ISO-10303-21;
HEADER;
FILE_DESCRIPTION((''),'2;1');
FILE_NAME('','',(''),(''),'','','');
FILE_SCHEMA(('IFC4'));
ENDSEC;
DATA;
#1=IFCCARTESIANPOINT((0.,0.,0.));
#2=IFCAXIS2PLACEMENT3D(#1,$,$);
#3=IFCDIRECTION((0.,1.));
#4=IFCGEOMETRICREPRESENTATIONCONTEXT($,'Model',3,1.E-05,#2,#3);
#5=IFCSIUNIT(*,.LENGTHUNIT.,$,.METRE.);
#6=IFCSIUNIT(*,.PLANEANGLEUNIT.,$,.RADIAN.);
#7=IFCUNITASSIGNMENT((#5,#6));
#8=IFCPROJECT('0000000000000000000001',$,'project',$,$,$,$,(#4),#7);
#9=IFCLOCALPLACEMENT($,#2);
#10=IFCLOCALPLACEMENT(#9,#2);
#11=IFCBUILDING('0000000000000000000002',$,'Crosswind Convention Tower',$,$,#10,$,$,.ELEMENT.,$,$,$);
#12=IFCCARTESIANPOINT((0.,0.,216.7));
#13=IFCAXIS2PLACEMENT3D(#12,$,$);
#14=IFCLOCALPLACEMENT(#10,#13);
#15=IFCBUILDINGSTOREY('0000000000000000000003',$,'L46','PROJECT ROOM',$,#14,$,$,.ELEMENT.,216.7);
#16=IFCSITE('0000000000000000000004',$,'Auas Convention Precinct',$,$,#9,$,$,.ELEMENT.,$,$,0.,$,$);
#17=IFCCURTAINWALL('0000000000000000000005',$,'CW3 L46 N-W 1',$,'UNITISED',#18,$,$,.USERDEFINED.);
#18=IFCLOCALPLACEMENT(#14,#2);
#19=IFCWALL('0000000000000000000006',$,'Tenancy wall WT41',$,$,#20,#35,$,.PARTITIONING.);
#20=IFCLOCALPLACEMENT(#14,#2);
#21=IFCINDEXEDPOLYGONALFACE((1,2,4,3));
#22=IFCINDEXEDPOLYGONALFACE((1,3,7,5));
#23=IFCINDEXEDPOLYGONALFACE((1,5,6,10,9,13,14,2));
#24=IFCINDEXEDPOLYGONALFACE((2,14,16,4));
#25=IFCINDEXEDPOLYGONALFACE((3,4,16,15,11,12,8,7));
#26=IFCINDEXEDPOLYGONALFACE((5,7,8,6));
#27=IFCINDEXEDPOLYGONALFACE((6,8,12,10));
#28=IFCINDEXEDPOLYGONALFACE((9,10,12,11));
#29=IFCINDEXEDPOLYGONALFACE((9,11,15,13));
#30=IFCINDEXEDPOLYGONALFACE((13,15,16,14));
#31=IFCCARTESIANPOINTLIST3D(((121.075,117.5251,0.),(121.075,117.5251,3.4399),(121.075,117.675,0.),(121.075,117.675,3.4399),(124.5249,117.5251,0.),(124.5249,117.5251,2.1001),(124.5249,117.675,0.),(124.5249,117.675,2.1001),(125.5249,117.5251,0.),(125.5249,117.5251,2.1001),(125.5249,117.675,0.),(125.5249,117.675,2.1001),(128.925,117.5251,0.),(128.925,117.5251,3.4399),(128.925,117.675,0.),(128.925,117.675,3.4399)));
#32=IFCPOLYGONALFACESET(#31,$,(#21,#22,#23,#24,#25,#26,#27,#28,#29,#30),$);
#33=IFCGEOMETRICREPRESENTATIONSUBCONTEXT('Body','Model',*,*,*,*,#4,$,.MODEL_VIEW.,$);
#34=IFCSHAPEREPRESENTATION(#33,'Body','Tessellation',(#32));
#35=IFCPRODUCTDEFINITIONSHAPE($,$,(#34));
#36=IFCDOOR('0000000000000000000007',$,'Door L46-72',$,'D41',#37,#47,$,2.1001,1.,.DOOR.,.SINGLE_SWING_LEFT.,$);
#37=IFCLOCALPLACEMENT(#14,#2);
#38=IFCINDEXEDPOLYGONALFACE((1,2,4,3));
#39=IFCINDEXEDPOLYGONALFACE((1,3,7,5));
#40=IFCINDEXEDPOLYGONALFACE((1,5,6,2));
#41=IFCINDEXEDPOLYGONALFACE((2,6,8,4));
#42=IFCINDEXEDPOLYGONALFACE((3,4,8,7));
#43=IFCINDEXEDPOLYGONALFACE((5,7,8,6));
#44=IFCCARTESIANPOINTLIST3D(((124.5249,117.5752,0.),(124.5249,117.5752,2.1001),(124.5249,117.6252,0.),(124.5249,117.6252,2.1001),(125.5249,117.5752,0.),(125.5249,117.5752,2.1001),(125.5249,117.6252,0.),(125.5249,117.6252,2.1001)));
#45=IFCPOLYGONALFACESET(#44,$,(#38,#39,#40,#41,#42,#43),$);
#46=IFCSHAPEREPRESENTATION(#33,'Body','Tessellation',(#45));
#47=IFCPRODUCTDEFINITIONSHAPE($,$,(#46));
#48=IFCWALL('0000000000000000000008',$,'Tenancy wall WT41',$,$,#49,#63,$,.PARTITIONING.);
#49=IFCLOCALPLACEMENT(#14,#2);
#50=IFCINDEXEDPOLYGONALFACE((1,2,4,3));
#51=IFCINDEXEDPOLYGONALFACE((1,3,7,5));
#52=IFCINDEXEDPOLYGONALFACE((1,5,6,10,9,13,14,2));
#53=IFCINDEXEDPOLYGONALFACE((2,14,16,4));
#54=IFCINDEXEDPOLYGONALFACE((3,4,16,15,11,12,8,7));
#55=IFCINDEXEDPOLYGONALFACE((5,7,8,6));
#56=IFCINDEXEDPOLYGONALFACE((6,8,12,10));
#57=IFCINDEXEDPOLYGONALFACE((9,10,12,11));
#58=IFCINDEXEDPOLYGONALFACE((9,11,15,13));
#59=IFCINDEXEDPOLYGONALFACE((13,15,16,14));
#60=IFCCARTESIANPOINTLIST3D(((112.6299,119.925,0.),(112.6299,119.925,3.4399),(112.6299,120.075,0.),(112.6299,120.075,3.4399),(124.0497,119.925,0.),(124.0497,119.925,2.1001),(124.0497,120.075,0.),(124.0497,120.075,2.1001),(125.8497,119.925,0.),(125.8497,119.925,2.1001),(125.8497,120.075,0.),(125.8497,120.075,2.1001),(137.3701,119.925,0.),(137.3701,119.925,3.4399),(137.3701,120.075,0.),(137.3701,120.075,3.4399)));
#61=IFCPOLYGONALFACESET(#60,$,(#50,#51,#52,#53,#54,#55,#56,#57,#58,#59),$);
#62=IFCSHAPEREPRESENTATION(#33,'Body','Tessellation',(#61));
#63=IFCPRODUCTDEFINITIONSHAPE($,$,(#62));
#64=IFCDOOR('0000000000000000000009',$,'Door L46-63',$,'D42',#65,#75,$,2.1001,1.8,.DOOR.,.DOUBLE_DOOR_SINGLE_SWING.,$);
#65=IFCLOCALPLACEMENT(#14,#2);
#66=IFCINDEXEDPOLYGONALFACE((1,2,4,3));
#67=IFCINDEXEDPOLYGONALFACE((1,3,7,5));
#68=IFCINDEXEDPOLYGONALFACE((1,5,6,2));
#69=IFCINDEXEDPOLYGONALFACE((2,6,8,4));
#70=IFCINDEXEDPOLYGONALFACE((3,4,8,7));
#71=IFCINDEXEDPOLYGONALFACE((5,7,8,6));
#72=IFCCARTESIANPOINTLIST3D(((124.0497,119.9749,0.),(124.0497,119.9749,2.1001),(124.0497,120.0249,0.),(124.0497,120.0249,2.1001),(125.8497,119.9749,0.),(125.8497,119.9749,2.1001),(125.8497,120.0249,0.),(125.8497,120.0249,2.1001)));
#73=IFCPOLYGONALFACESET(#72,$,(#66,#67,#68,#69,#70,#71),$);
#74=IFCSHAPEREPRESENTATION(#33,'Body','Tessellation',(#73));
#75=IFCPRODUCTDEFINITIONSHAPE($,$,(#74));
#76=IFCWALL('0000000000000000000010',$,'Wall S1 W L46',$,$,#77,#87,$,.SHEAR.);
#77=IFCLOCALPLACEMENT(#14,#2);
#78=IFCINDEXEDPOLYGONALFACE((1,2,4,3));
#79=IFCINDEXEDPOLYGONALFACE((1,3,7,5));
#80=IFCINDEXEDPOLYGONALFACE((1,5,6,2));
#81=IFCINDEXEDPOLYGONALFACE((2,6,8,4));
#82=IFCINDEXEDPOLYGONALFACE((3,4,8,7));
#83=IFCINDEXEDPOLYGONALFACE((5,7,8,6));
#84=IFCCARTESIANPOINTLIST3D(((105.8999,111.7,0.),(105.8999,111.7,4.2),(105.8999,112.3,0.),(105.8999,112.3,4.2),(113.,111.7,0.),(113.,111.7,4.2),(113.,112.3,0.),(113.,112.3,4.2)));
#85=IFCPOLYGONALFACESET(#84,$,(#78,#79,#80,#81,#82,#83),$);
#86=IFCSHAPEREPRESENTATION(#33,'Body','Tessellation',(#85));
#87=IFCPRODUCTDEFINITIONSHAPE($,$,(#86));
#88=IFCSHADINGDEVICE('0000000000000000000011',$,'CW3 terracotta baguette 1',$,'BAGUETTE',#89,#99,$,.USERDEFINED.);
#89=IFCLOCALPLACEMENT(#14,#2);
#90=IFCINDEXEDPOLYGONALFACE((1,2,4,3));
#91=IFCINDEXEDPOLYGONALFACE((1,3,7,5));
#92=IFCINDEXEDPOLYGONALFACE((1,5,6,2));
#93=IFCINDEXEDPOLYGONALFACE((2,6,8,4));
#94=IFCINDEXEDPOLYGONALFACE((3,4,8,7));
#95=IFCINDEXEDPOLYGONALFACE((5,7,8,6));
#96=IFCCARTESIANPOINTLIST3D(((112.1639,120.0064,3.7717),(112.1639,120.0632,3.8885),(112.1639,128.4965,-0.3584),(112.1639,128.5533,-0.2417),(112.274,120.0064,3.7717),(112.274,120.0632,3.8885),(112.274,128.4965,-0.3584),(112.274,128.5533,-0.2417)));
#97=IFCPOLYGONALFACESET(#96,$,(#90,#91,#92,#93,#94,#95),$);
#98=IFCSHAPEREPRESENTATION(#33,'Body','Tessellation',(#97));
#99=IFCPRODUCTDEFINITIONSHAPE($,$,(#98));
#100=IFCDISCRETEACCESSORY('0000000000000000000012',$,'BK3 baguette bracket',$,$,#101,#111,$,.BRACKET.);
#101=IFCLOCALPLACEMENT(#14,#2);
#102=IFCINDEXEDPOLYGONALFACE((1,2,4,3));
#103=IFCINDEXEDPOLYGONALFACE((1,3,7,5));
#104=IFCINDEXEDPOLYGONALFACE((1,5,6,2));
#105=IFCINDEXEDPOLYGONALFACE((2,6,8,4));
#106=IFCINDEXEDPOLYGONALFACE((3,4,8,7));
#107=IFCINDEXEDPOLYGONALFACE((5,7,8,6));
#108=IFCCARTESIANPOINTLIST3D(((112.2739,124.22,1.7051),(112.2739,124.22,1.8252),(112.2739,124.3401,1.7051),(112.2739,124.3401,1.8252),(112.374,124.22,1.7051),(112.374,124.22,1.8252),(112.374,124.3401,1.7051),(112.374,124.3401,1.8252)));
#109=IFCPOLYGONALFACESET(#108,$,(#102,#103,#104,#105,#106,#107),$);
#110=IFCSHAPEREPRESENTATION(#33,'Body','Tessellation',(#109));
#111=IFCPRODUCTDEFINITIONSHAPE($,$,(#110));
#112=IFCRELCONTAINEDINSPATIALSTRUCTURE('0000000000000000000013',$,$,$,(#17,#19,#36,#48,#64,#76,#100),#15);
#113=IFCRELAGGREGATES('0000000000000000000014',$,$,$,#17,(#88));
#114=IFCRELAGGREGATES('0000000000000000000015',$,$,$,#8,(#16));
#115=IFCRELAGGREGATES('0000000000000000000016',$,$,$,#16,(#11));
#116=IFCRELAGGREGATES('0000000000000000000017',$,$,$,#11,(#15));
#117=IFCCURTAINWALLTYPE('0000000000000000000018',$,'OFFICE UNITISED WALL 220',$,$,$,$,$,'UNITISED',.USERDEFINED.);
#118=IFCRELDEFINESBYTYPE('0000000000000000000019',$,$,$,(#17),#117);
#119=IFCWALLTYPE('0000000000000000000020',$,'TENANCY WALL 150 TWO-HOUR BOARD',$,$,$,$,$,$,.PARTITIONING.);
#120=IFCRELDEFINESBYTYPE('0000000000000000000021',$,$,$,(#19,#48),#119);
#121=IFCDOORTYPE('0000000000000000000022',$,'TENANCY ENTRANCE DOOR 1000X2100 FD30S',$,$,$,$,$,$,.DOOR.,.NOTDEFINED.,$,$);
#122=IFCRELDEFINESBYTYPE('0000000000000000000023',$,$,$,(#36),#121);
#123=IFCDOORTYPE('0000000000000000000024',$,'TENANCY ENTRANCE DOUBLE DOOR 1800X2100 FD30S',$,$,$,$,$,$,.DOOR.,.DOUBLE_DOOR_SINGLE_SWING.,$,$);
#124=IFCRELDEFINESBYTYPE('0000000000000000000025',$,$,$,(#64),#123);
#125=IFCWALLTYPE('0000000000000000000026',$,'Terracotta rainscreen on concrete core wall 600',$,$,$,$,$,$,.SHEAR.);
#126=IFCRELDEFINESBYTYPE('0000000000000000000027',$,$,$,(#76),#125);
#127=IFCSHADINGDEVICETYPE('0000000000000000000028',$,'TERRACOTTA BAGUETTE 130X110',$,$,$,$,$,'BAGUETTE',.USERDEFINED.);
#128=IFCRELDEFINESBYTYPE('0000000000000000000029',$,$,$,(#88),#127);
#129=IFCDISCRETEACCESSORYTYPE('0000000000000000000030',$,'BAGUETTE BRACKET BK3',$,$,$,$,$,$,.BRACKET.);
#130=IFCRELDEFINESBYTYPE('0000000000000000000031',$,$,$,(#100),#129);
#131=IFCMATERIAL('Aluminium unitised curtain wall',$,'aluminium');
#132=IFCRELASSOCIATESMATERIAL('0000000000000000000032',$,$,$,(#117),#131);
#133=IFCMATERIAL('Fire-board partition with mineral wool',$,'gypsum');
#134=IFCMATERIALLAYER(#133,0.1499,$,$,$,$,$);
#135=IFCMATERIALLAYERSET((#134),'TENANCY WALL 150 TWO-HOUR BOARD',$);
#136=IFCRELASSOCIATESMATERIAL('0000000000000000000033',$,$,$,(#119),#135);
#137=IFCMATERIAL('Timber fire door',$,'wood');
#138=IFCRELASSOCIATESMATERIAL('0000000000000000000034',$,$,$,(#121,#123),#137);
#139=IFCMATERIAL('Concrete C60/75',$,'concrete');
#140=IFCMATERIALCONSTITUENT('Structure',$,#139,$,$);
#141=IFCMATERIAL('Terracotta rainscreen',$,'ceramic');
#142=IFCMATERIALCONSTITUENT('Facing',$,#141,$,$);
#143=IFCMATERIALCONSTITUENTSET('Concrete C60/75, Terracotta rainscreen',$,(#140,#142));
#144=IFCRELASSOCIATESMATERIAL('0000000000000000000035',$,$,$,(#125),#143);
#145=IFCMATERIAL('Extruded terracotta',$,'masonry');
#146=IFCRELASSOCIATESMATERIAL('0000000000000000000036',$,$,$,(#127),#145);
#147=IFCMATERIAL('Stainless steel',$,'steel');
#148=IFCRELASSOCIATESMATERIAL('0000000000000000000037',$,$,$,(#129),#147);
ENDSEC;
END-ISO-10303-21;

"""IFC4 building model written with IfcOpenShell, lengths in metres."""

from ifc_helpers import new_model, si_unit, direction, frame, frame_2d, origin, origin_2d, place, context, subcontext, project, spatial, rectangle, extrude, material, layer, layer_set, constituent, constituent_set, material_profile, profile_set, type_object, element, fill, aggregate, save


model = new_model("IFC4")

# Units and contexts
model_context = context("Model", 3, precision=1e-05, world=origin(), true_north=direction((0.0, 1.0)))
body_context = subcontext(model_context, "Body", "Model", "MODEL_VIEW")
ifc_project = project(units=[si_unit("LENGTHUNIT", "METRE"), si_unit("PLANEANGLEUNIT", "RADIAN")], contexts=[model_context])

# Site, building, storey
site_placement = place(None, origin())
site = spatial("IfcSite", under=ifc_project, at=site_placement, Name="Auas Convention Precinct", CompositionType="ELEMENT", RefElevation=0.0)
building_placement = place(site_placement, origin())
building = spatial("IfcBuilding", under=site, at=building_placement, Name="Crosswind Convention Tower", CompositionType="ELEMENT")
storey_placement = place(building_placement, frame((0.0, 0.0, 216.7)))
storey = spatial("IfcBuildingStorey", under=building, at=storey_placement, Name="L46", Description="PROJECT ROOM", CompositionType="ELEMENT", Elevation=216.7)

# Shared definitions
ifc_material_1 = material(Name="Concrete C60/75", Category="concrete")

# Shared definitions
ifc_material_2 = material(Name="Aluminium unitised curtain wall", Category="aluminium")
curtain_wall_type_1 = type_object("IfcCurtainWallType", Name="OFFICE UNITISED WALL 220", ElementType="UNITISED", PredefinedType="USERDEFINED", material=ifc_material_2)

# Curtain wall
curtain_wall_1_placement = place(storey_placement, origin())
curtain_wall_1 = element("IfcCurtainWall", 1, at=curtain_wall_1_placement, inside=storey, type_object=curtain_wall_type_1, Name="CW3 L46 N-W 1", ObjectType="UNITISED", PredefinedType="USERDEFINED")

# Walls, openings, doors
ifc_material_3 = material(Name="Fire-board partition with mineral wool", Category="gypsum")
ifc_layer_1 = layer(ifc_material_3, 0.1499)
ifc_layer_set_1 = layer_set([ifc_layer_1], Name="TENANCY WALL 150 TWO-HOUR BOARD")
wall_type_1 = type_object("IfcWallType", Name="TENANCY WALL 150 TWO-HOUR BOARD", PredefinedType="PARTITIONING", material=ifc_layer_set_1)
wall_1_placement = place(storey_placement, frame((121.075, 117.6001, 0.0), z_axis=(0.0, 0.0, 1.0), x_axis=(1.0, 0.0, 0.0)))
wall_1 = element("IfcWall", 2, at=wall_1_placement, inside=storey, type_object=wall_type_1, Name="Tenancy wall WT41", PredefinedType="PARTITIONING", context=body_context, shape_type="SweptSolid", body=[
    extrude(rectangle(XDim=7.8501, YDim=0.1499, at=frame_2d((3.925, 0.0))), origin(), (0.0, 0.0, 1.0), 3.4399),
])
opening_1_placement = place(wall_1_placement, frame((3.45, 0.0, 0.0)))
opening_1 = element("IfcOpeningElement", 3, at=opening_1_placement, cuts=wall_1, PredefinedType="OPENING", context=body_context, shape_type="SweptSolid", body=[
    extrude(rectangle(XDim=1.0, YDim=2.1001, at=frame_2d((0.5, 1.05))), frame((0.0, 0.085, 0.0), z_axis=(0.0, -1.0, 0.0), x_axis=(1.0, 0.0, 0.0)), (0.0, 0.0, 1.0), 0.1699),
])
ifc_material_4 = material(Name="Timber fire door", Category="wood")
door_type_1 = type_object("IfcDoorType", Name="TENANCY ENTRANCE DOOR 1000X2100 FD30S", OperationType="NOTDEFINED", PredefinedType="DOOR", material=ifc_material_4)
door_1_placement = place(opening_1_placement, frame((1.0, 0.0, 0.0), z_axis=(0.0, 0.0, 1.0), x_axis=(-1.0, 0.0, 0.0)))
door_1 = element("IfcDoor", 4, at=door_1_placement, inside=storey, type_object=door_type_1, Name="Door L46-72", ObjectType="D41", OperationType="SINGLE_SWING_LEFT", OverallHeight=2.1001, OverallWidth=1.0, PredefinedType="DOOR", context=body_context, shape_type="SweptSolid", body=[
    extrude(rectangle(XDim=1.0, YDim=2.1001, at=frame_2d((0.5, 1.05))), frame((0.0, 0.0249, 0.0), z_axis=(0.0, -1.0, 0.0), x_axis=(1.0, 0.0, 0.0)), (0.0, 0.0, 1.0), 0.05),
])
fill(opening_1, door_1)
wall_2_placement = place(storey_placement, frame((112.6299, 120.0, 0.0), z_axis=(0.0, 0.0, 1.0), x_axis=(1.0, 0.0, 0.0)))
wall_2 = element("IfcWall", 5, at=wall_2_placement, inside=storey, type_object=wall_type_1, Name="Tenancy wall WT41", PredefinedType="PARTITIONING", context=body_context, shape_type="SweptSolid", body=[
    extrude(rectangle(XDim=24.7402, YDim=0.1499, at=frame_2d((12.3701, 0.0))), origin(), (0.0, 0.0, 1.0), 3.4399),
])
opening_2_placement = place(wall_2_placement, frame((11.4199, 0.0, 0.0)))
opening_2 = element("IfcOpeningElement", 6, at=opening_2_placement, cuts=wall_2, PredefinedType="OPENING", context=body_context, shape_type="SweptSolid", body=[
    extrude(rectangle(XDim=1.8, YDim=2.1001, at=frame_2d((0.8999, 1.05))), frame((0.0, 0.085, 0.0), z_axis=(0.0, -1.0, 0.0), x_axis=(1.0, 0.0, 0.0)), (0.0, 0.0, 1.0), 0.1699),
])
door_type_2 = type_object("IfcDoorType", Name="TENANCY ENTRANCE DOUBLE DOOR 1800X2100 FD30S", OperationType="DOUBLE_DOOR_SINGLE_SWING", PredefinedType="DOOR", material=ifc_material_4)
door_2_placement = place(opening_2_placement, origin())
door_2 = element("IfcDoor", 7, at=door_2_placement, inside=storey, type_object=door_type_2, Name="Door L46-63", ObjectType="D42", OperationType="DOUBLE_DOOR_SINGLE_SWING", OverallHeight=2.1001, OverallWidth=1.8, PredefinedType="DOOR", context=body_context, shape_type="SweptSolid", body=[
    extrude(rectangle(XDim=1.8, YDim=2.1001, at=frame_2d((0.8999, 1.05))), frame((0.0, 0.0249, 0.0), z_axis=(0.0, -1.0, 0.0), x_axis=(1.0, 0.0, 0.0)), (0.0, 0.0, 1.0), 0.05),
])
fill(opening_2, door_2)

# Wall
ifc_constituent_1 = constituent(ifc_material_1, Name="Structure")
ifc_material_5 = material(Name="Terracotta rainscreen", Category="ceramic")
ifc_constituent_2 = constituent(ifc_material_5, Name="Facing")
ifc_constituent_set = constituent_set(constituents=[ifc_constituent_1, ifc_constituent_2], Name="Concrete C60/75, Terracotta rainscreen")
wall_type_2 = type_object("IfcWallType", Name="Terracotta rainscreen on concrete core wall 600", PredefinedType="SHEAR", material=ifc_constituent_set)
wall_3_placement = place(storey_placement, frame((113.0, 112.0, 0.0), z_axis=(0.0, 0.0, 1.0), x_axis=(-1.0, 0.0, 0.0)))
element("IfcWall", 8, at=wall_3_placement, inside=storey, type_object=wall_type_2, Name="Wall S1 W L46", PredefinedType="SHEAR", context=body_context, shape_type="SweptSolid", body=[
    extrude(rectangle(XDim=7.1001, YDim=0.6001, at=frame_2d((3.55, 0.0))), origin(), (0.0, 0.0, 1.0), 4.2),
])

# Shading device
ifc_material_6 = material(Name="Extruded terracotta", Category="masonry")
ifc_material_profile_1 = material_profile(ifc_material_6, rectangle(XDim=0.1101, YDim=0.1299, at=origin_2d()), Name="TC 110X130")
ifc_profile_set_1 = profile_set([ifc_material_profile_1], Name="Extruded terracotta")
shading_device_type = type_object("IfcShadingDeviceType", Name="TERRACOTTA BAGUETTE 130X110", ElementType="BAGUETTE", PredefinedType="USERDEFINED", material=ifc_profile_set_1)
shading_device_placement = place(storey_placement, frame((112.219, 128.5249, -0.3), z_axis=(0.0, -0.899241, 0.437454), x_axis=(1.0, 0.0, 0.0)))
shading_device = element("IfcShadingDevice", 9, at=shading_device_placement, type_object=shading_device_type, Name="CW3 terracotta baguette 1", ObjectType="BAGUETTE", PredefinedType="USERDEFINED", context=body_context, shape_type="SweptSolid", body=[
    extrude(rectangle(XDim=0.1101, YDim=0.1299, at=origin_2d()), origin(), (0.0, 0.0, 1.0), 9.4414),
])
aggregate(curtain_wall_1, [shading_device])

# Discrete accessory
ifc_material_7 = material(Name="Stainless steel", Category="steel")
discrete_accessory_type = type_object("IfcDiscreteAccessoryType", Name="BAGUETTE BRACKET BK3", PredefinedType="BRACKET", material=ifc_material_7)
discrete_accessory_placement = place(storey_placement, frame((112.324, 124.28, 1.7051), z_axis=(0.0, 0.0, 1.0), x_axis=(0.0, -1.0, 0.0)))
element("IfcDiscreteAccessory", 10, at=discrete_accessory_placement, inside=storey, type_object=discrete_accessory_type, Name="BK3 baguette bracket", PredefinedType="BRACKET", context=body_context, shape_type="SweptSolid", body=[
    extrude(rectangle(XDim=0.1201, YDim=0.1001, at=origin_2d()), origin(), (0.0, 0.0, 1.0), 0.1201),
])

save(model, "model.ifc")
